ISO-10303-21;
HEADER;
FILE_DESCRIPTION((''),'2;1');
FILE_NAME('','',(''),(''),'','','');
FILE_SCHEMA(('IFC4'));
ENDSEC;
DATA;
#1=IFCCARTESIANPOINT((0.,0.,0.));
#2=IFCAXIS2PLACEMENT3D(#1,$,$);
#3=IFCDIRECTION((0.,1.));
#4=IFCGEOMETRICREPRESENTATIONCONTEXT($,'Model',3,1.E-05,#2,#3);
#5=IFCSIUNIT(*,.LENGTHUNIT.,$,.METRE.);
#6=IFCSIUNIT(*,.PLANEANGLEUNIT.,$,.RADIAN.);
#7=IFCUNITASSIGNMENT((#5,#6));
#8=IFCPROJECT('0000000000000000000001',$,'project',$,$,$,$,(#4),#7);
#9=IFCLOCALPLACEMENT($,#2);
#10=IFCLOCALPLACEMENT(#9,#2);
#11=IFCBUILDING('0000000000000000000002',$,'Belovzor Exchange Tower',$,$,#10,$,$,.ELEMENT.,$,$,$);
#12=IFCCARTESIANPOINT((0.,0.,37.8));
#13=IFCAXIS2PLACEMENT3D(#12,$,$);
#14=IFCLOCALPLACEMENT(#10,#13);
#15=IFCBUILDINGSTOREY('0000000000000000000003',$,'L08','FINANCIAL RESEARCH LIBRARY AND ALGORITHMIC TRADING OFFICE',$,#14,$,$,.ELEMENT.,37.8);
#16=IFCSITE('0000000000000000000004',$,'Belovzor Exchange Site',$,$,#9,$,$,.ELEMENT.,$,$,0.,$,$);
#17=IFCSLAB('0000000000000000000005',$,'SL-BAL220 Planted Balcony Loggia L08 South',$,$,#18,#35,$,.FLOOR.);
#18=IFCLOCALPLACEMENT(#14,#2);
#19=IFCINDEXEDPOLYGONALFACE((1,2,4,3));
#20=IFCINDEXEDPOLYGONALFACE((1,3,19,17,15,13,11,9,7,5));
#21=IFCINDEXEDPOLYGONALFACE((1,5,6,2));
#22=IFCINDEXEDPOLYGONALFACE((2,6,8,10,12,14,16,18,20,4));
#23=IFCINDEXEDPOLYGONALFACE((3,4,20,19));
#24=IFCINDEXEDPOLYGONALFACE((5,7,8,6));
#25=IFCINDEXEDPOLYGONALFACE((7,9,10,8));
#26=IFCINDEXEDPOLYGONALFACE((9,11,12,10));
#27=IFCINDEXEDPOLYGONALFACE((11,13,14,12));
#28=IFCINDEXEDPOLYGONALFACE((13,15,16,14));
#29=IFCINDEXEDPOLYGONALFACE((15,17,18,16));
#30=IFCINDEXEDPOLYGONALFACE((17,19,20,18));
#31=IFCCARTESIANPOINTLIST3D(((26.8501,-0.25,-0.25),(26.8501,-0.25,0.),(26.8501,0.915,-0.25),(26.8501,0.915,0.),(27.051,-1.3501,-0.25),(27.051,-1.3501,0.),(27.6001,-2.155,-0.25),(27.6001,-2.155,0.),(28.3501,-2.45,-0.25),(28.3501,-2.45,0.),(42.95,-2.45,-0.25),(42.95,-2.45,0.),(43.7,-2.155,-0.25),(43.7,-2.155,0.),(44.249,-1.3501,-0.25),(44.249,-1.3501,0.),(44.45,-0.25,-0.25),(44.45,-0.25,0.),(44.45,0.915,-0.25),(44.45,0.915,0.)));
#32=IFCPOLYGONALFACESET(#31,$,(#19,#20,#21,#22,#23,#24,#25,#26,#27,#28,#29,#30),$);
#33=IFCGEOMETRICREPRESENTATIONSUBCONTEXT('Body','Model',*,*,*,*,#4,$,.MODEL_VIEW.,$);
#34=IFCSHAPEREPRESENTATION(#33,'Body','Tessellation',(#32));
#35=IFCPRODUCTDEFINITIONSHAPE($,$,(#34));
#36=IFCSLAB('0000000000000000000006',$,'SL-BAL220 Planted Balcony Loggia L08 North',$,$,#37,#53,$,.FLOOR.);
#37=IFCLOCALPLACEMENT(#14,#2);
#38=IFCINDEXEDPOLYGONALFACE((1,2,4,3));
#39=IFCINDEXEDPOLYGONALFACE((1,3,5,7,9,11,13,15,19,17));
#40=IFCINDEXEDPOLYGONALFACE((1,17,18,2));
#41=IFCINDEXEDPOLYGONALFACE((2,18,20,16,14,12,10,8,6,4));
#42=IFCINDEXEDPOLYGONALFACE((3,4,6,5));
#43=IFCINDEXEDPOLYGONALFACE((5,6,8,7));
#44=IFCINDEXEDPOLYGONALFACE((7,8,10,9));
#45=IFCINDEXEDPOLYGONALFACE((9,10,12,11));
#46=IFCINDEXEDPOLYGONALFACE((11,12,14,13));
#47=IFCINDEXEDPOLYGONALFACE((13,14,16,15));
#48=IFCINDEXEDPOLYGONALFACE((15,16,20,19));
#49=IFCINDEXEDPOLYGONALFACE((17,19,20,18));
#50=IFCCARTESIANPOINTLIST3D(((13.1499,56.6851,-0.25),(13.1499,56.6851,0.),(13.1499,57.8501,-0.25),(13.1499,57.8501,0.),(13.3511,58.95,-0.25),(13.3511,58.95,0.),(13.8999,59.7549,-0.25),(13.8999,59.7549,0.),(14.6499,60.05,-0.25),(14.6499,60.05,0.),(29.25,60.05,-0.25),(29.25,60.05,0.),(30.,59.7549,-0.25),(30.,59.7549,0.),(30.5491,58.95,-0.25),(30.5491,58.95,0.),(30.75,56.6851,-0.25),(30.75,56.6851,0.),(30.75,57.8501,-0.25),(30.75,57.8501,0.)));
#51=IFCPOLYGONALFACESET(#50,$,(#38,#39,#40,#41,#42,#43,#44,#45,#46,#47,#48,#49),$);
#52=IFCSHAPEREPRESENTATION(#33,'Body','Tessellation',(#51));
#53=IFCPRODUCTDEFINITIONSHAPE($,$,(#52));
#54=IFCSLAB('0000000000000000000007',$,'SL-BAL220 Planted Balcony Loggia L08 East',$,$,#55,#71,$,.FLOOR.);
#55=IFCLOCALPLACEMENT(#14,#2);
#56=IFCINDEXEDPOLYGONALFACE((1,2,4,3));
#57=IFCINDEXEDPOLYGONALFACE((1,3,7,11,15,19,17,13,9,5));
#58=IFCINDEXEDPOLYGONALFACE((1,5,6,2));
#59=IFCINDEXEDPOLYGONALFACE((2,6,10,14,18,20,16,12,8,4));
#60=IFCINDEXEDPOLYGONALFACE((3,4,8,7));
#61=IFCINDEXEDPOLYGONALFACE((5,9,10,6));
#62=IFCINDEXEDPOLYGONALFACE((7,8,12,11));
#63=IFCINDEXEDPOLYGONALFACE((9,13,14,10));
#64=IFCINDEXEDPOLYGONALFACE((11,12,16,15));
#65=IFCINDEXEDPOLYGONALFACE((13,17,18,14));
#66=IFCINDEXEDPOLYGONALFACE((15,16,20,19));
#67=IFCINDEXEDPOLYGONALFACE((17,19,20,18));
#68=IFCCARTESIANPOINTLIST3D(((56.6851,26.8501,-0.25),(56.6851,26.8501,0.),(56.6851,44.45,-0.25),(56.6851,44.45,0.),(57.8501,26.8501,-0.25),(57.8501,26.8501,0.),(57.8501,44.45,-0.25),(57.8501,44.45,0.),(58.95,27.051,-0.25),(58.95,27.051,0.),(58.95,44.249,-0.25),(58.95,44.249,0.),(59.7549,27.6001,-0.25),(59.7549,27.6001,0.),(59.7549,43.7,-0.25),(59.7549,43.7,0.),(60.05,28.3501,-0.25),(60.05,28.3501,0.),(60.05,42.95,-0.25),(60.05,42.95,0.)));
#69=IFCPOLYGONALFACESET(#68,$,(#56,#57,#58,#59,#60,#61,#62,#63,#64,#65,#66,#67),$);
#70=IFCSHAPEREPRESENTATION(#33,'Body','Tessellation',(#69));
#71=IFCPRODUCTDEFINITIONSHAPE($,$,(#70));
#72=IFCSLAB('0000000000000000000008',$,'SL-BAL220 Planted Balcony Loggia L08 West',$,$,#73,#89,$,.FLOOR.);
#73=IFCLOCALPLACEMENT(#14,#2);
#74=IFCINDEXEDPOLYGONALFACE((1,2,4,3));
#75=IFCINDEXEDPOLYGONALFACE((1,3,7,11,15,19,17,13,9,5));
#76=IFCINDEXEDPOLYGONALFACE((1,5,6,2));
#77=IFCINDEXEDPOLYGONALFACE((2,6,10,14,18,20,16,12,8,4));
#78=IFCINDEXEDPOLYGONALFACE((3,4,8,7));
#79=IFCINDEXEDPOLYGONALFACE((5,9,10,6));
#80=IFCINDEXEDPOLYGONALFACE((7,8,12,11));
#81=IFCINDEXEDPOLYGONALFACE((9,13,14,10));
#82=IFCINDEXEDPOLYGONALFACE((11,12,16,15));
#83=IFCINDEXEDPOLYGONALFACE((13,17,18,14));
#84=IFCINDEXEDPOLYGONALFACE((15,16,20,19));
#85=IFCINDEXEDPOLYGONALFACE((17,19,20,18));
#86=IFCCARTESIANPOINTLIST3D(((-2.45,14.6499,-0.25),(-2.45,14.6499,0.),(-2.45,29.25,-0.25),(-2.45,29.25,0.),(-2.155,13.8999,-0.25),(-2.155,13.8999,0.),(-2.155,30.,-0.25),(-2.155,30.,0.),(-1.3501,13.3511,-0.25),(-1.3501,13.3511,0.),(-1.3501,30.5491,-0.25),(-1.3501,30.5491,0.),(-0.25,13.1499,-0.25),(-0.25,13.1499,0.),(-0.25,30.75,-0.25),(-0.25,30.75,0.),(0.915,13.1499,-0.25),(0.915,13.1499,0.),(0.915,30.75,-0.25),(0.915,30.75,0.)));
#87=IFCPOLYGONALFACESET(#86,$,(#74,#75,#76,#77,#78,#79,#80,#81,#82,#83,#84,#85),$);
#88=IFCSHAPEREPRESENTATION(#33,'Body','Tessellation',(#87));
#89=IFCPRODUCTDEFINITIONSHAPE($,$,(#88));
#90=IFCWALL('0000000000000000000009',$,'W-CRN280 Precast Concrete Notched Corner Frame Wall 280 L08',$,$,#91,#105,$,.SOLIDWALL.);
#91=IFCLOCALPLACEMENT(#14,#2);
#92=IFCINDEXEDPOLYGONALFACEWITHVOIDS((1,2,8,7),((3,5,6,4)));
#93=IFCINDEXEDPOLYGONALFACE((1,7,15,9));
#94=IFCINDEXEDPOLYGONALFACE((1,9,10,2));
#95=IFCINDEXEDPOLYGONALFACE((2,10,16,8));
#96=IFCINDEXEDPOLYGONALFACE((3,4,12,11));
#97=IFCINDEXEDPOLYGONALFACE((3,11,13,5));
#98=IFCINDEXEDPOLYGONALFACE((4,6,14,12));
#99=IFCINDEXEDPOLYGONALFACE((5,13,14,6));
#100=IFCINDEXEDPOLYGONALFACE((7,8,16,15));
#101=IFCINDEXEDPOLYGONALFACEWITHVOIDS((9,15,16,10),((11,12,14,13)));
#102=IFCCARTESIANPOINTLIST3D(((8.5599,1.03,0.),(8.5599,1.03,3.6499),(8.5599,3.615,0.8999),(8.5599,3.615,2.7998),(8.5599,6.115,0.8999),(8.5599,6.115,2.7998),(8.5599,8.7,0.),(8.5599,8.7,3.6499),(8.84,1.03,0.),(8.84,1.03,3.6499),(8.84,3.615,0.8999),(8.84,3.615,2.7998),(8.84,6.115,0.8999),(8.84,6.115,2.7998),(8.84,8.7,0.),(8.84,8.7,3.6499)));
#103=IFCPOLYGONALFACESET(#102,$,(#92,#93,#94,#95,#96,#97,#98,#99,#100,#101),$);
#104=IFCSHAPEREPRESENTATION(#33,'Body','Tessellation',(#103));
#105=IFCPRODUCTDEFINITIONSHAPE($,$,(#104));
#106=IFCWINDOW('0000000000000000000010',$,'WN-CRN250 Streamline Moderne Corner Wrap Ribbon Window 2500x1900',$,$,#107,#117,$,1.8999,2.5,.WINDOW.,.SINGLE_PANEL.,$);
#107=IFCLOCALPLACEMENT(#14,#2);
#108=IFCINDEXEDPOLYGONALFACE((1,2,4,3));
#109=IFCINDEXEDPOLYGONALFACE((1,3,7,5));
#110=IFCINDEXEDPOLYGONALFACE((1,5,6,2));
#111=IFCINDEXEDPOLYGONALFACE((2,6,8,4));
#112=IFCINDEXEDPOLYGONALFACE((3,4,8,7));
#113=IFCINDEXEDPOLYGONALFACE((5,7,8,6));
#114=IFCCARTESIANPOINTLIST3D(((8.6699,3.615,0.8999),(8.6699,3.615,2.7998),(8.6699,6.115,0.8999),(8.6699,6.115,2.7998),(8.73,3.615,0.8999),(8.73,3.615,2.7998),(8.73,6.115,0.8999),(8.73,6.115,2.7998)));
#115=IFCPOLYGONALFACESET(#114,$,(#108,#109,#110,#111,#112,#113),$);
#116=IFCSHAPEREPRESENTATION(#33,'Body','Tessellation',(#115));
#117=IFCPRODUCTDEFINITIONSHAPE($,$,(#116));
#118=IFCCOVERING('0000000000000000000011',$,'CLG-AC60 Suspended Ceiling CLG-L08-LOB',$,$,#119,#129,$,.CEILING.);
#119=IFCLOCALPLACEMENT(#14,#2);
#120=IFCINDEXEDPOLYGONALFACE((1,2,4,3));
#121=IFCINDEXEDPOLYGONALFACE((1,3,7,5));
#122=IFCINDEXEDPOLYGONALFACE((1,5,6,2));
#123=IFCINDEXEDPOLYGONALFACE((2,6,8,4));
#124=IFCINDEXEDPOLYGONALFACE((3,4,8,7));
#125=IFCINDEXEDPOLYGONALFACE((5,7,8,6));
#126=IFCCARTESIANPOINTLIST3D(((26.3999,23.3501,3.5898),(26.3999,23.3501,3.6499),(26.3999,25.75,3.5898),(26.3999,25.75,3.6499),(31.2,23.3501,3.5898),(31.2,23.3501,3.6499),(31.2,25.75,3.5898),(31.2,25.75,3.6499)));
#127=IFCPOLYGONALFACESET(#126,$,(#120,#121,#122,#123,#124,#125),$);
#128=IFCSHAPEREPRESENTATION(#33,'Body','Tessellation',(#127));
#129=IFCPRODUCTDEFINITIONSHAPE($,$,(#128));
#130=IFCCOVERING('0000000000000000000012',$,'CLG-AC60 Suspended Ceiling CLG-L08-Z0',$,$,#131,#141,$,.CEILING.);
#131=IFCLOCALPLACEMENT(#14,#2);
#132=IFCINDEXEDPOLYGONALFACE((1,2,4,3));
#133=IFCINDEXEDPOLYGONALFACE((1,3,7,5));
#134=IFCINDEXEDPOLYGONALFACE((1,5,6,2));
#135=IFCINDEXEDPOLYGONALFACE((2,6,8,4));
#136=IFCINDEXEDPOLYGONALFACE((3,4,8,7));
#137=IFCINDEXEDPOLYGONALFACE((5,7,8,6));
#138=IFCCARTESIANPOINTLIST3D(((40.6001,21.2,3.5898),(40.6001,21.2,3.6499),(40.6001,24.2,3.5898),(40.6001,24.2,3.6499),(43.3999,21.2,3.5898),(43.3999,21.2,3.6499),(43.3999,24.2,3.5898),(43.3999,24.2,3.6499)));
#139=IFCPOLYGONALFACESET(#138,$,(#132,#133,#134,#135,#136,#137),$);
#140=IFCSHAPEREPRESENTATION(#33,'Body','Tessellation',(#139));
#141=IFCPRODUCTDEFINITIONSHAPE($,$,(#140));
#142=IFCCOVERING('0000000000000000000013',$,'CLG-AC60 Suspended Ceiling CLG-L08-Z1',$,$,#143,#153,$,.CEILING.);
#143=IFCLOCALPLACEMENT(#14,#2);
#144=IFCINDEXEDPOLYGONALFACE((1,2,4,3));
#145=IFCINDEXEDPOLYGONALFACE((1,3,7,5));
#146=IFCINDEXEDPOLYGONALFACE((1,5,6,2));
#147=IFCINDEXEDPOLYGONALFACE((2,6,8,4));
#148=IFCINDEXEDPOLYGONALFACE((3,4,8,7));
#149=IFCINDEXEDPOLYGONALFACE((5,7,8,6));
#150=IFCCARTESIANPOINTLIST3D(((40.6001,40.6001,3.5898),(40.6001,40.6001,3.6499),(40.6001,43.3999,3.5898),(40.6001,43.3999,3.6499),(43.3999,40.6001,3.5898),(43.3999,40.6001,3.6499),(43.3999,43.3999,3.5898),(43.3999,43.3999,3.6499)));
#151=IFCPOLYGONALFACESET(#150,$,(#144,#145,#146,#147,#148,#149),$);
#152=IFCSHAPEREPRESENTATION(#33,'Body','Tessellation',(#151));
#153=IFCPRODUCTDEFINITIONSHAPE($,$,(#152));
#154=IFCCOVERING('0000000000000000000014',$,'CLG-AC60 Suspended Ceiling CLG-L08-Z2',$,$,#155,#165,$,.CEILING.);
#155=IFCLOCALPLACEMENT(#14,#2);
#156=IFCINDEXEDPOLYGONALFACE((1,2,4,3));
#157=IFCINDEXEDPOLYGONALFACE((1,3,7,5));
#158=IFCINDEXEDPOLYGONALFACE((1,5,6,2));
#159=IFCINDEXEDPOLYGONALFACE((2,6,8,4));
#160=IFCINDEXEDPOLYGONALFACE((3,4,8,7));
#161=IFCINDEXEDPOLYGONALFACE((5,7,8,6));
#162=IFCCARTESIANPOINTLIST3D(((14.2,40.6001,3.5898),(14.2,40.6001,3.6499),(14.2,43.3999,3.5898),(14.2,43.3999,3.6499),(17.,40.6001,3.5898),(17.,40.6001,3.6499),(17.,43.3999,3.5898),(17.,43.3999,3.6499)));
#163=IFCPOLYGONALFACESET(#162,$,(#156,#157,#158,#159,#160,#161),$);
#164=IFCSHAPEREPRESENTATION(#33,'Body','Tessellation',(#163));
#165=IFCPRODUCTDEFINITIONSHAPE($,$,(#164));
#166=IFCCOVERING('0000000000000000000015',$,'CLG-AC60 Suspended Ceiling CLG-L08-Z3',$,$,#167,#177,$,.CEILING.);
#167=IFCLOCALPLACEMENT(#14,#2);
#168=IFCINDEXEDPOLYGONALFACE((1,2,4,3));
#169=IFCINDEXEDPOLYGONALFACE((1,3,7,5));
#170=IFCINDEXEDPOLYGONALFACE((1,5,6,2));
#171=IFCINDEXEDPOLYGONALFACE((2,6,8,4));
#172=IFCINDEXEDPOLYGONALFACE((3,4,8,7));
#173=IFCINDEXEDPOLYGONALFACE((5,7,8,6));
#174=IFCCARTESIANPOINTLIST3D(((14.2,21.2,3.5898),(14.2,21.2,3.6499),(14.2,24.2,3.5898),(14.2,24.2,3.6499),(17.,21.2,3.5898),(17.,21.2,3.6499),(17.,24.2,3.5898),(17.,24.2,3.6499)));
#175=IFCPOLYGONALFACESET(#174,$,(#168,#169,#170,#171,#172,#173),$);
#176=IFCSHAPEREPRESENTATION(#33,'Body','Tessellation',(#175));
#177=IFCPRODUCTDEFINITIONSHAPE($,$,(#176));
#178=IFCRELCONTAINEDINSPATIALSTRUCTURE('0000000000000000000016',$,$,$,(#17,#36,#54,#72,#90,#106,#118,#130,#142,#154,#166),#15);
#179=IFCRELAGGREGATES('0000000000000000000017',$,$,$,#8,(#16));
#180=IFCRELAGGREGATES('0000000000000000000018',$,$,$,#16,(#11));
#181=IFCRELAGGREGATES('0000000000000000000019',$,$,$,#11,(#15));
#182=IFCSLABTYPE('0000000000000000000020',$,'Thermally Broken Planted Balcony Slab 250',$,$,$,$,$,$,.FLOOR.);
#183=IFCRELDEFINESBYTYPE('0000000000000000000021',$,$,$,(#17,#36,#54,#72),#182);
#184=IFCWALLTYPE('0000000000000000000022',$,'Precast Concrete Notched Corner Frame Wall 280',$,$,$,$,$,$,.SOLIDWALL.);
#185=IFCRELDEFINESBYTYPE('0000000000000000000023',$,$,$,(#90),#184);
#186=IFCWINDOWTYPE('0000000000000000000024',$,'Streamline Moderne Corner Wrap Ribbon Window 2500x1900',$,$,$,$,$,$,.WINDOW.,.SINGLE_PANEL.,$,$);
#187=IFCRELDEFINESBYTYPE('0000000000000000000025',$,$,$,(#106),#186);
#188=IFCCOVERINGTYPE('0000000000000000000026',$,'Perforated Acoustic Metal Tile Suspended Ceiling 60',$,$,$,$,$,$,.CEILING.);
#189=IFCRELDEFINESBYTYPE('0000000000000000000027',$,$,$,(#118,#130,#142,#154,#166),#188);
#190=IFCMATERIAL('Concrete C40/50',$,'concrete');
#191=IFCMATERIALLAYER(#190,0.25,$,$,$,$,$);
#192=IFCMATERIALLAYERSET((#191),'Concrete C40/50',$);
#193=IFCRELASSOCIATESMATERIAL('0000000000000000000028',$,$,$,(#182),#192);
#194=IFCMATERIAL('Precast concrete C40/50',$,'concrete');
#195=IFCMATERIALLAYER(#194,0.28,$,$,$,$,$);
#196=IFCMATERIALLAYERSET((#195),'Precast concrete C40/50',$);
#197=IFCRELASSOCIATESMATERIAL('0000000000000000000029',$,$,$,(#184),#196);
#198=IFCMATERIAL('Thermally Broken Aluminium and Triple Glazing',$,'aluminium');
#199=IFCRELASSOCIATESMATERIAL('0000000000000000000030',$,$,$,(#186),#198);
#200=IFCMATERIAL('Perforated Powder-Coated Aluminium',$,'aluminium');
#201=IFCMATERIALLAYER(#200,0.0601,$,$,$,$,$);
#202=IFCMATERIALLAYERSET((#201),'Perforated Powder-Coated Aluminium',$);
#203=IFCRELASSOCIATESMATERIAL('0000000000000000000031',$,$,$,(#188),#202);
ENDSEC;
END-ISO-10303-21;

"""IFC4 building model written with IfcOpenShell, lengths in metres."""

from ifc_helpers import new_model, si_unit, direction, frame, frame_2d, origin, place, context, subcontext, project, spatial, polyline, rectangle, outline, extrude, material, layer, layer_set, type_object, element, fill, save


model = new_model("IFC4")

# Units and contexts
model_context = context("Model", 3, precision=1e-05, world=origin(), true_north=direction((0.0, 1.0)))
body_context = subcontext(model_context, "Body", "Model", "MODEL_VIEW")
ifc_project = project(units=[si_unit("LENGTHUNIT", "METRE"), si_unit("PLANEANGLEUNIT", "RADIAN")], contexts=[model_context])

# Site, building, storey
site_placement = place(None, origin())
site = spatial("IfcSite", under=ifc_project, at=site_placement, Name="Belovzor Exchange Site", CompositionType="ELEMENT", RefElevation=0.0)
building_placement = place(site_placement, origin())
building = spatial("IfcBuilding", under=site, at=building_placement, Name="Belovzor Exchange Tower", CompositionType="ELEMENT")
storey_placement = place(building_placement, frame((0.0, 0.0, 37.8)))
storey = spatial("IfcBuildingStorey", under=building, at=storey_placement, Name="L08", Description="FINANCIAL RESEARCH LIBRARY AND ALGORITHMIC TRADING OFFICE", CompositionType="ELEMENT", Elevation=37.8)

# Slabs
ifc_material_1 = material(Name="Concrete C40/50", Category="concrete")
ifc_layer_1 = layer(ifc_material_1, 0.25)
ifc_layer_set_1 = layer_set([ifc_layer_1], Name="Concrete C40/50")
slab_type_1 = type_object("IfcSlabType", Name="Thermally Broken Planted Balcony Slab 250", PredefinedType="FLOOR", material=ifc_layer_set_1)
slab_1_placement = place(storey_placement, frame((0.0, 0.0, -0.25)))
element("IfcSlab", 1, at=slab_1_placement, inside=storey, type_object=slab_type_1, Name="SL-BAL220 Planted Balcony Loggia L08 South", PredefinedType="FLOOR", context=body_context, shape_type="SweptSolid", body=[
    extrude(outline(polyline([(26.8501, 0.915), (26.8501, -0.25), (27.051, -1.3501), (27.6001, -2.155), (28.3501, -2.45), (42.95, -2.45), (43.7, -2.155), (44.249, -1.3501), (44.45, -0.25), (44.45, 0.915), (26.8501, 0.915)])), origin(), (0.0, 0.0, 1.0), 0.25),
])
slab_2_placement = place(storey_placement, frame((0.0, 0.0, -0.25)))
element("IfcSlab", 2, at=slab_2_placement, inside=storey, type_object=slab_type_1, Name="SL-BAL220 Planted Balcony Loggia L08 North", PredefinedType="FLOOR", context=body_context, shape_type="SweptSolid", body=[
    extrude(outline(polyline([(30.75, 56.6851), (30.75, 57.8501), (30.5491, 58.95), (30.0, 59.7549), (29.25, 60.05), (14.6499, 60.05), (13.8999, 59.7549), (13.3511, 58.95), (13.1499, 57.8501), (13.1499, 56.6851), (30.75, 56.6851)])), origin(), (0.0, 0.0, 1.0), 0.25),
])
slab_3_placement = place(storey_placement, frame((0.0, 0.0, -0.25)))
element("IfcSlab", 3, at=slab_3_placement, inside=storey, type_object=slab_type_1, Name="SL-BAL220 Planted Balcony Loggia L08 East", PredefinedType="FLOOR", context=body_context, shape_type="SweptSolid", body=[
    extrude(outline(polyline([(56.6851, 26.8501), (57.8501, 26.8501), (58.95, 27.051), (59.7549, 27.6001), (60.05, 28.3501), (60.05, 42.95), (59.7549, 43.7), (58.95, 44.249), (57.8501, 44.45), (56.6851, 44.45), (56.6851, 26.8501)])), origin(), (0.0, 0.0, 1.0), 0.25),
])
slab_4_placement = place(storey_placement, frame((0.0, 0.0, -0.25)))
element("IfcSlab", 4, at=slab_4_placement, inside=storey, type_object=slab_type_1, Name="SL-BAL220 Planted Balcony Loggia L08 West", PredefinedType="FLOOR", context=body_context, shape_type="SweptSolid", body=[
    extrude(outline(polyline([(0.915, 30.75), (-0.25, 30.75), (-1.3501, 30.5491), (-2.155, 30.0), (-2.45, 29.25), (-2.45, 14.6499), (-2.155, 13.8999), (-1.3501, 13.3511), (-0.25, 13.1499), (0.915, 13.1499), (0.915, 30.75)])), origin(), (0.0, 0.0, 1.0), 0.25),
])

# Wall, opening, window
ifc_material_2 = material(Name="Precast concrete C40/50", Category="concrete")
ifc_layer_2 = layer(ifc_material_2, 0.28)
ifc_layer_set_2 = layer_set([ifc_layer_2], Name="Precast concrete C40/50")
wall_type = type_object("IfcWallType", Name="Precast Concrete Notched Corner Frame Wall 280", PredefinedType="SOLIDWALL", material=ifc_layer_set_2)
wall_placement = place(storey_placement, frame((8.7, 1.03, 0.0), z_axis=(0.0, 0.0, 1.0), x_axis=(0.0, 1.0, 0.0)))
wall = element("IfcWall", 5, at=wall_placement, inside=storey, type_object=wall_type, Name="W-CRN280 Precast Concrete Notched Corner Frame Wall 280 L08", PredefinedType="SOLIDWALL", context=body_context, shape_type="SweptSolid", body=[
    extrude(rectangle(XDim=7.6699, YDim=0.28, at=frame_2d((3.835, 0.0))), origin(), (0.0, 0.0, 1.0), 3.6499),
])
opening_placement = place(wall_placement, frame((2.585, 0.0, 0.8999)))
opening = element("IfcOpeningElement", 6, at=opening_placement, cuts=wall, PredefinedType="OPENING", context=body_context, shape_type="SweptSolid", body=[
    extrude(rectangle(XDim=2.5, YDim=1.8999, at=frame_2d((1.25, 0.95))), frame((0.0, 0.1499, 0.0), z_axis=(0.0, -1.0, 0.0), x_axis=(1.0, 0.0, 0.0)), (0.0, 0.0, 1.0), 0.3),
])
ifc_material_3 = material(Name="Thermally Broken Aluminium and Triple Glazing", Category="aluminium")
window_type = type_object("IfcWindowType", Name="Streamline Moderne Corner Wrap Ribbon Window 2500x1900", PartitioningType="SINGLE_PANEL", PredefinedType="WINDOW", material=ifc_material_3)
window_placement = place(opening_placement, origin())
window = element("IfcWindow", 7, at=window_placement, inside=storey, type_object=window_type, Name="WN-CRN250 Streamline Moderne Corner Wrap Ribbon Window 2500x1900", OverallHeight=1.8999, OverallWidth=2.5, PartitioningType="SINGLE_PANEL", PredefinedType="WINDOW", context=body_context, shape_type="SweptSolid", body=[
    extrude(rectangle(XDim=2.5, YDim=1.8999, at=frame_2d((1.25, 0.95))), frame((0.0, 0.03, 0.0), z_axis=(0.0, -1.0, 0.0), x_axis=(1.0, 0.0, 0.0)), (0.0, 0.0, 1.0), 0.0601),
])
fill(opening, window)

# Coverings
ifc_material_4 = material(Name="Perforated Powder-Coated Aluminium", Category="aluminium")
ifc_layer_3 = layer(ifc_material_4, 0.0601)
ifc_layer_set_3 = layer_set([ifc_layer_3], Name="Perforated Powder-Coated Aluminium")
covering_type_1 = type_object("IfcCoveringType", Name="Perforated Acoustic Metal Tile Suspended Ceiling 60", PredefinedType="CEILING", material=ifc_layer_set_3)
covering_1_placement = place(storey_placement, frame((0.0, 0.0, 3.5898)))
element("IfcCovering", 8, at=covering_1_placement, inside=storey, type_object=covering_type_1, Name="CLG-AC60 Suspended Ceiling CLG-L08-LOB", PredefinedType="CEILING", context=body_context, shape_type="SweptSolid", body=[
    extrude(outline(polyline([(26.3999, 23.3501), (31.2, 23.3501), (31.2, 25.75), (26.3999, 25.75), (26.3999, 23.3501)])), origin(), (0.0, 0.0, 1.0), 0.0601),
])
covering_2_placement = place(storey_placement, frame((0.0, 0.0, 3.5898)))
element("IfcCovering", 9, at=covering_2_placement, inside=storey, type_object=covering_type_1, Name="CLG-AC60 Suspended Ceiling CLG-L08-Z0", PredefinedType="CEILING", context=body_context, shape_type="SweptSolid", body=[
    extrude(outline(polyline([(40.6001, 21.2), (43.3999, 21.2), (43.3999, 24.2), (40.6001, 24.2), (40.6001, 21.2)])), origin(), (0.0, 0.0, 1.0), 0.0601),
])
covering_3_placement = place(storey_placement, frame((0.0, 0.0, 3.5898)))
element("IfcCovering", 10, at=covering_3_placement, inside=storey, type_object=covering_type_1, Name="CLG-AC60 Suspended Ceiling CLG-L08-Z1", PredefinedType="CEILING", context=body_context, shape_type="SweptSolid", body=[
    extrude(outline(polyline([(40.6001, 40.6001), (43.3999, 40.6001), (43.3999, 43.3999), (40.6001, 43.3999), (40.6001, 40.6001)])), origin(), (0.0, 0.0, 1.0), 0.0601),
])
covering_4_placement = place(storey_placement, frame((0.0, 0.0, 3.5898)))
element("IfcCovering", 11, at=covering_4_placement, inside=storey, type_object=covering_type_1, Name="CLG-AC60 Suspended Ceiling CLG-L08-Z2", PredefinedType="CEILING", context=body_context, shape_type="SweptSolid", body=[
    extrude(outline(polyline([(14.2, 40.6001), (17.0, 40.6001), (17.0, 43.3999), (14.2, 43.3999), (14.2, 40.6001)])), origin(), (0.0, 0.0, 1.0), 0.0601),
])
covering_5_placement = place(storey_placement, frame((0.0, 0.0, 3.5898)))
element("IfcCovering", 12, at=covering_5_placement, inside=storey, type_object=covering_type_1, Name="CLG-AC60 Suspended Ceiling CLG-L08-Z3", PredefinedType="CEILING", context=body_context, shape_type="SweptSolid", body=[
    extrude(outline(polyline([(14.2, 21.2), (17.0, 21.2), (17.0, 24.2), (14.2, 24.2), (14.2, 21.2)])), origin(), (0.0, 0.0, 1.0), 0.0601),
])

save(model, "model.ifc")
